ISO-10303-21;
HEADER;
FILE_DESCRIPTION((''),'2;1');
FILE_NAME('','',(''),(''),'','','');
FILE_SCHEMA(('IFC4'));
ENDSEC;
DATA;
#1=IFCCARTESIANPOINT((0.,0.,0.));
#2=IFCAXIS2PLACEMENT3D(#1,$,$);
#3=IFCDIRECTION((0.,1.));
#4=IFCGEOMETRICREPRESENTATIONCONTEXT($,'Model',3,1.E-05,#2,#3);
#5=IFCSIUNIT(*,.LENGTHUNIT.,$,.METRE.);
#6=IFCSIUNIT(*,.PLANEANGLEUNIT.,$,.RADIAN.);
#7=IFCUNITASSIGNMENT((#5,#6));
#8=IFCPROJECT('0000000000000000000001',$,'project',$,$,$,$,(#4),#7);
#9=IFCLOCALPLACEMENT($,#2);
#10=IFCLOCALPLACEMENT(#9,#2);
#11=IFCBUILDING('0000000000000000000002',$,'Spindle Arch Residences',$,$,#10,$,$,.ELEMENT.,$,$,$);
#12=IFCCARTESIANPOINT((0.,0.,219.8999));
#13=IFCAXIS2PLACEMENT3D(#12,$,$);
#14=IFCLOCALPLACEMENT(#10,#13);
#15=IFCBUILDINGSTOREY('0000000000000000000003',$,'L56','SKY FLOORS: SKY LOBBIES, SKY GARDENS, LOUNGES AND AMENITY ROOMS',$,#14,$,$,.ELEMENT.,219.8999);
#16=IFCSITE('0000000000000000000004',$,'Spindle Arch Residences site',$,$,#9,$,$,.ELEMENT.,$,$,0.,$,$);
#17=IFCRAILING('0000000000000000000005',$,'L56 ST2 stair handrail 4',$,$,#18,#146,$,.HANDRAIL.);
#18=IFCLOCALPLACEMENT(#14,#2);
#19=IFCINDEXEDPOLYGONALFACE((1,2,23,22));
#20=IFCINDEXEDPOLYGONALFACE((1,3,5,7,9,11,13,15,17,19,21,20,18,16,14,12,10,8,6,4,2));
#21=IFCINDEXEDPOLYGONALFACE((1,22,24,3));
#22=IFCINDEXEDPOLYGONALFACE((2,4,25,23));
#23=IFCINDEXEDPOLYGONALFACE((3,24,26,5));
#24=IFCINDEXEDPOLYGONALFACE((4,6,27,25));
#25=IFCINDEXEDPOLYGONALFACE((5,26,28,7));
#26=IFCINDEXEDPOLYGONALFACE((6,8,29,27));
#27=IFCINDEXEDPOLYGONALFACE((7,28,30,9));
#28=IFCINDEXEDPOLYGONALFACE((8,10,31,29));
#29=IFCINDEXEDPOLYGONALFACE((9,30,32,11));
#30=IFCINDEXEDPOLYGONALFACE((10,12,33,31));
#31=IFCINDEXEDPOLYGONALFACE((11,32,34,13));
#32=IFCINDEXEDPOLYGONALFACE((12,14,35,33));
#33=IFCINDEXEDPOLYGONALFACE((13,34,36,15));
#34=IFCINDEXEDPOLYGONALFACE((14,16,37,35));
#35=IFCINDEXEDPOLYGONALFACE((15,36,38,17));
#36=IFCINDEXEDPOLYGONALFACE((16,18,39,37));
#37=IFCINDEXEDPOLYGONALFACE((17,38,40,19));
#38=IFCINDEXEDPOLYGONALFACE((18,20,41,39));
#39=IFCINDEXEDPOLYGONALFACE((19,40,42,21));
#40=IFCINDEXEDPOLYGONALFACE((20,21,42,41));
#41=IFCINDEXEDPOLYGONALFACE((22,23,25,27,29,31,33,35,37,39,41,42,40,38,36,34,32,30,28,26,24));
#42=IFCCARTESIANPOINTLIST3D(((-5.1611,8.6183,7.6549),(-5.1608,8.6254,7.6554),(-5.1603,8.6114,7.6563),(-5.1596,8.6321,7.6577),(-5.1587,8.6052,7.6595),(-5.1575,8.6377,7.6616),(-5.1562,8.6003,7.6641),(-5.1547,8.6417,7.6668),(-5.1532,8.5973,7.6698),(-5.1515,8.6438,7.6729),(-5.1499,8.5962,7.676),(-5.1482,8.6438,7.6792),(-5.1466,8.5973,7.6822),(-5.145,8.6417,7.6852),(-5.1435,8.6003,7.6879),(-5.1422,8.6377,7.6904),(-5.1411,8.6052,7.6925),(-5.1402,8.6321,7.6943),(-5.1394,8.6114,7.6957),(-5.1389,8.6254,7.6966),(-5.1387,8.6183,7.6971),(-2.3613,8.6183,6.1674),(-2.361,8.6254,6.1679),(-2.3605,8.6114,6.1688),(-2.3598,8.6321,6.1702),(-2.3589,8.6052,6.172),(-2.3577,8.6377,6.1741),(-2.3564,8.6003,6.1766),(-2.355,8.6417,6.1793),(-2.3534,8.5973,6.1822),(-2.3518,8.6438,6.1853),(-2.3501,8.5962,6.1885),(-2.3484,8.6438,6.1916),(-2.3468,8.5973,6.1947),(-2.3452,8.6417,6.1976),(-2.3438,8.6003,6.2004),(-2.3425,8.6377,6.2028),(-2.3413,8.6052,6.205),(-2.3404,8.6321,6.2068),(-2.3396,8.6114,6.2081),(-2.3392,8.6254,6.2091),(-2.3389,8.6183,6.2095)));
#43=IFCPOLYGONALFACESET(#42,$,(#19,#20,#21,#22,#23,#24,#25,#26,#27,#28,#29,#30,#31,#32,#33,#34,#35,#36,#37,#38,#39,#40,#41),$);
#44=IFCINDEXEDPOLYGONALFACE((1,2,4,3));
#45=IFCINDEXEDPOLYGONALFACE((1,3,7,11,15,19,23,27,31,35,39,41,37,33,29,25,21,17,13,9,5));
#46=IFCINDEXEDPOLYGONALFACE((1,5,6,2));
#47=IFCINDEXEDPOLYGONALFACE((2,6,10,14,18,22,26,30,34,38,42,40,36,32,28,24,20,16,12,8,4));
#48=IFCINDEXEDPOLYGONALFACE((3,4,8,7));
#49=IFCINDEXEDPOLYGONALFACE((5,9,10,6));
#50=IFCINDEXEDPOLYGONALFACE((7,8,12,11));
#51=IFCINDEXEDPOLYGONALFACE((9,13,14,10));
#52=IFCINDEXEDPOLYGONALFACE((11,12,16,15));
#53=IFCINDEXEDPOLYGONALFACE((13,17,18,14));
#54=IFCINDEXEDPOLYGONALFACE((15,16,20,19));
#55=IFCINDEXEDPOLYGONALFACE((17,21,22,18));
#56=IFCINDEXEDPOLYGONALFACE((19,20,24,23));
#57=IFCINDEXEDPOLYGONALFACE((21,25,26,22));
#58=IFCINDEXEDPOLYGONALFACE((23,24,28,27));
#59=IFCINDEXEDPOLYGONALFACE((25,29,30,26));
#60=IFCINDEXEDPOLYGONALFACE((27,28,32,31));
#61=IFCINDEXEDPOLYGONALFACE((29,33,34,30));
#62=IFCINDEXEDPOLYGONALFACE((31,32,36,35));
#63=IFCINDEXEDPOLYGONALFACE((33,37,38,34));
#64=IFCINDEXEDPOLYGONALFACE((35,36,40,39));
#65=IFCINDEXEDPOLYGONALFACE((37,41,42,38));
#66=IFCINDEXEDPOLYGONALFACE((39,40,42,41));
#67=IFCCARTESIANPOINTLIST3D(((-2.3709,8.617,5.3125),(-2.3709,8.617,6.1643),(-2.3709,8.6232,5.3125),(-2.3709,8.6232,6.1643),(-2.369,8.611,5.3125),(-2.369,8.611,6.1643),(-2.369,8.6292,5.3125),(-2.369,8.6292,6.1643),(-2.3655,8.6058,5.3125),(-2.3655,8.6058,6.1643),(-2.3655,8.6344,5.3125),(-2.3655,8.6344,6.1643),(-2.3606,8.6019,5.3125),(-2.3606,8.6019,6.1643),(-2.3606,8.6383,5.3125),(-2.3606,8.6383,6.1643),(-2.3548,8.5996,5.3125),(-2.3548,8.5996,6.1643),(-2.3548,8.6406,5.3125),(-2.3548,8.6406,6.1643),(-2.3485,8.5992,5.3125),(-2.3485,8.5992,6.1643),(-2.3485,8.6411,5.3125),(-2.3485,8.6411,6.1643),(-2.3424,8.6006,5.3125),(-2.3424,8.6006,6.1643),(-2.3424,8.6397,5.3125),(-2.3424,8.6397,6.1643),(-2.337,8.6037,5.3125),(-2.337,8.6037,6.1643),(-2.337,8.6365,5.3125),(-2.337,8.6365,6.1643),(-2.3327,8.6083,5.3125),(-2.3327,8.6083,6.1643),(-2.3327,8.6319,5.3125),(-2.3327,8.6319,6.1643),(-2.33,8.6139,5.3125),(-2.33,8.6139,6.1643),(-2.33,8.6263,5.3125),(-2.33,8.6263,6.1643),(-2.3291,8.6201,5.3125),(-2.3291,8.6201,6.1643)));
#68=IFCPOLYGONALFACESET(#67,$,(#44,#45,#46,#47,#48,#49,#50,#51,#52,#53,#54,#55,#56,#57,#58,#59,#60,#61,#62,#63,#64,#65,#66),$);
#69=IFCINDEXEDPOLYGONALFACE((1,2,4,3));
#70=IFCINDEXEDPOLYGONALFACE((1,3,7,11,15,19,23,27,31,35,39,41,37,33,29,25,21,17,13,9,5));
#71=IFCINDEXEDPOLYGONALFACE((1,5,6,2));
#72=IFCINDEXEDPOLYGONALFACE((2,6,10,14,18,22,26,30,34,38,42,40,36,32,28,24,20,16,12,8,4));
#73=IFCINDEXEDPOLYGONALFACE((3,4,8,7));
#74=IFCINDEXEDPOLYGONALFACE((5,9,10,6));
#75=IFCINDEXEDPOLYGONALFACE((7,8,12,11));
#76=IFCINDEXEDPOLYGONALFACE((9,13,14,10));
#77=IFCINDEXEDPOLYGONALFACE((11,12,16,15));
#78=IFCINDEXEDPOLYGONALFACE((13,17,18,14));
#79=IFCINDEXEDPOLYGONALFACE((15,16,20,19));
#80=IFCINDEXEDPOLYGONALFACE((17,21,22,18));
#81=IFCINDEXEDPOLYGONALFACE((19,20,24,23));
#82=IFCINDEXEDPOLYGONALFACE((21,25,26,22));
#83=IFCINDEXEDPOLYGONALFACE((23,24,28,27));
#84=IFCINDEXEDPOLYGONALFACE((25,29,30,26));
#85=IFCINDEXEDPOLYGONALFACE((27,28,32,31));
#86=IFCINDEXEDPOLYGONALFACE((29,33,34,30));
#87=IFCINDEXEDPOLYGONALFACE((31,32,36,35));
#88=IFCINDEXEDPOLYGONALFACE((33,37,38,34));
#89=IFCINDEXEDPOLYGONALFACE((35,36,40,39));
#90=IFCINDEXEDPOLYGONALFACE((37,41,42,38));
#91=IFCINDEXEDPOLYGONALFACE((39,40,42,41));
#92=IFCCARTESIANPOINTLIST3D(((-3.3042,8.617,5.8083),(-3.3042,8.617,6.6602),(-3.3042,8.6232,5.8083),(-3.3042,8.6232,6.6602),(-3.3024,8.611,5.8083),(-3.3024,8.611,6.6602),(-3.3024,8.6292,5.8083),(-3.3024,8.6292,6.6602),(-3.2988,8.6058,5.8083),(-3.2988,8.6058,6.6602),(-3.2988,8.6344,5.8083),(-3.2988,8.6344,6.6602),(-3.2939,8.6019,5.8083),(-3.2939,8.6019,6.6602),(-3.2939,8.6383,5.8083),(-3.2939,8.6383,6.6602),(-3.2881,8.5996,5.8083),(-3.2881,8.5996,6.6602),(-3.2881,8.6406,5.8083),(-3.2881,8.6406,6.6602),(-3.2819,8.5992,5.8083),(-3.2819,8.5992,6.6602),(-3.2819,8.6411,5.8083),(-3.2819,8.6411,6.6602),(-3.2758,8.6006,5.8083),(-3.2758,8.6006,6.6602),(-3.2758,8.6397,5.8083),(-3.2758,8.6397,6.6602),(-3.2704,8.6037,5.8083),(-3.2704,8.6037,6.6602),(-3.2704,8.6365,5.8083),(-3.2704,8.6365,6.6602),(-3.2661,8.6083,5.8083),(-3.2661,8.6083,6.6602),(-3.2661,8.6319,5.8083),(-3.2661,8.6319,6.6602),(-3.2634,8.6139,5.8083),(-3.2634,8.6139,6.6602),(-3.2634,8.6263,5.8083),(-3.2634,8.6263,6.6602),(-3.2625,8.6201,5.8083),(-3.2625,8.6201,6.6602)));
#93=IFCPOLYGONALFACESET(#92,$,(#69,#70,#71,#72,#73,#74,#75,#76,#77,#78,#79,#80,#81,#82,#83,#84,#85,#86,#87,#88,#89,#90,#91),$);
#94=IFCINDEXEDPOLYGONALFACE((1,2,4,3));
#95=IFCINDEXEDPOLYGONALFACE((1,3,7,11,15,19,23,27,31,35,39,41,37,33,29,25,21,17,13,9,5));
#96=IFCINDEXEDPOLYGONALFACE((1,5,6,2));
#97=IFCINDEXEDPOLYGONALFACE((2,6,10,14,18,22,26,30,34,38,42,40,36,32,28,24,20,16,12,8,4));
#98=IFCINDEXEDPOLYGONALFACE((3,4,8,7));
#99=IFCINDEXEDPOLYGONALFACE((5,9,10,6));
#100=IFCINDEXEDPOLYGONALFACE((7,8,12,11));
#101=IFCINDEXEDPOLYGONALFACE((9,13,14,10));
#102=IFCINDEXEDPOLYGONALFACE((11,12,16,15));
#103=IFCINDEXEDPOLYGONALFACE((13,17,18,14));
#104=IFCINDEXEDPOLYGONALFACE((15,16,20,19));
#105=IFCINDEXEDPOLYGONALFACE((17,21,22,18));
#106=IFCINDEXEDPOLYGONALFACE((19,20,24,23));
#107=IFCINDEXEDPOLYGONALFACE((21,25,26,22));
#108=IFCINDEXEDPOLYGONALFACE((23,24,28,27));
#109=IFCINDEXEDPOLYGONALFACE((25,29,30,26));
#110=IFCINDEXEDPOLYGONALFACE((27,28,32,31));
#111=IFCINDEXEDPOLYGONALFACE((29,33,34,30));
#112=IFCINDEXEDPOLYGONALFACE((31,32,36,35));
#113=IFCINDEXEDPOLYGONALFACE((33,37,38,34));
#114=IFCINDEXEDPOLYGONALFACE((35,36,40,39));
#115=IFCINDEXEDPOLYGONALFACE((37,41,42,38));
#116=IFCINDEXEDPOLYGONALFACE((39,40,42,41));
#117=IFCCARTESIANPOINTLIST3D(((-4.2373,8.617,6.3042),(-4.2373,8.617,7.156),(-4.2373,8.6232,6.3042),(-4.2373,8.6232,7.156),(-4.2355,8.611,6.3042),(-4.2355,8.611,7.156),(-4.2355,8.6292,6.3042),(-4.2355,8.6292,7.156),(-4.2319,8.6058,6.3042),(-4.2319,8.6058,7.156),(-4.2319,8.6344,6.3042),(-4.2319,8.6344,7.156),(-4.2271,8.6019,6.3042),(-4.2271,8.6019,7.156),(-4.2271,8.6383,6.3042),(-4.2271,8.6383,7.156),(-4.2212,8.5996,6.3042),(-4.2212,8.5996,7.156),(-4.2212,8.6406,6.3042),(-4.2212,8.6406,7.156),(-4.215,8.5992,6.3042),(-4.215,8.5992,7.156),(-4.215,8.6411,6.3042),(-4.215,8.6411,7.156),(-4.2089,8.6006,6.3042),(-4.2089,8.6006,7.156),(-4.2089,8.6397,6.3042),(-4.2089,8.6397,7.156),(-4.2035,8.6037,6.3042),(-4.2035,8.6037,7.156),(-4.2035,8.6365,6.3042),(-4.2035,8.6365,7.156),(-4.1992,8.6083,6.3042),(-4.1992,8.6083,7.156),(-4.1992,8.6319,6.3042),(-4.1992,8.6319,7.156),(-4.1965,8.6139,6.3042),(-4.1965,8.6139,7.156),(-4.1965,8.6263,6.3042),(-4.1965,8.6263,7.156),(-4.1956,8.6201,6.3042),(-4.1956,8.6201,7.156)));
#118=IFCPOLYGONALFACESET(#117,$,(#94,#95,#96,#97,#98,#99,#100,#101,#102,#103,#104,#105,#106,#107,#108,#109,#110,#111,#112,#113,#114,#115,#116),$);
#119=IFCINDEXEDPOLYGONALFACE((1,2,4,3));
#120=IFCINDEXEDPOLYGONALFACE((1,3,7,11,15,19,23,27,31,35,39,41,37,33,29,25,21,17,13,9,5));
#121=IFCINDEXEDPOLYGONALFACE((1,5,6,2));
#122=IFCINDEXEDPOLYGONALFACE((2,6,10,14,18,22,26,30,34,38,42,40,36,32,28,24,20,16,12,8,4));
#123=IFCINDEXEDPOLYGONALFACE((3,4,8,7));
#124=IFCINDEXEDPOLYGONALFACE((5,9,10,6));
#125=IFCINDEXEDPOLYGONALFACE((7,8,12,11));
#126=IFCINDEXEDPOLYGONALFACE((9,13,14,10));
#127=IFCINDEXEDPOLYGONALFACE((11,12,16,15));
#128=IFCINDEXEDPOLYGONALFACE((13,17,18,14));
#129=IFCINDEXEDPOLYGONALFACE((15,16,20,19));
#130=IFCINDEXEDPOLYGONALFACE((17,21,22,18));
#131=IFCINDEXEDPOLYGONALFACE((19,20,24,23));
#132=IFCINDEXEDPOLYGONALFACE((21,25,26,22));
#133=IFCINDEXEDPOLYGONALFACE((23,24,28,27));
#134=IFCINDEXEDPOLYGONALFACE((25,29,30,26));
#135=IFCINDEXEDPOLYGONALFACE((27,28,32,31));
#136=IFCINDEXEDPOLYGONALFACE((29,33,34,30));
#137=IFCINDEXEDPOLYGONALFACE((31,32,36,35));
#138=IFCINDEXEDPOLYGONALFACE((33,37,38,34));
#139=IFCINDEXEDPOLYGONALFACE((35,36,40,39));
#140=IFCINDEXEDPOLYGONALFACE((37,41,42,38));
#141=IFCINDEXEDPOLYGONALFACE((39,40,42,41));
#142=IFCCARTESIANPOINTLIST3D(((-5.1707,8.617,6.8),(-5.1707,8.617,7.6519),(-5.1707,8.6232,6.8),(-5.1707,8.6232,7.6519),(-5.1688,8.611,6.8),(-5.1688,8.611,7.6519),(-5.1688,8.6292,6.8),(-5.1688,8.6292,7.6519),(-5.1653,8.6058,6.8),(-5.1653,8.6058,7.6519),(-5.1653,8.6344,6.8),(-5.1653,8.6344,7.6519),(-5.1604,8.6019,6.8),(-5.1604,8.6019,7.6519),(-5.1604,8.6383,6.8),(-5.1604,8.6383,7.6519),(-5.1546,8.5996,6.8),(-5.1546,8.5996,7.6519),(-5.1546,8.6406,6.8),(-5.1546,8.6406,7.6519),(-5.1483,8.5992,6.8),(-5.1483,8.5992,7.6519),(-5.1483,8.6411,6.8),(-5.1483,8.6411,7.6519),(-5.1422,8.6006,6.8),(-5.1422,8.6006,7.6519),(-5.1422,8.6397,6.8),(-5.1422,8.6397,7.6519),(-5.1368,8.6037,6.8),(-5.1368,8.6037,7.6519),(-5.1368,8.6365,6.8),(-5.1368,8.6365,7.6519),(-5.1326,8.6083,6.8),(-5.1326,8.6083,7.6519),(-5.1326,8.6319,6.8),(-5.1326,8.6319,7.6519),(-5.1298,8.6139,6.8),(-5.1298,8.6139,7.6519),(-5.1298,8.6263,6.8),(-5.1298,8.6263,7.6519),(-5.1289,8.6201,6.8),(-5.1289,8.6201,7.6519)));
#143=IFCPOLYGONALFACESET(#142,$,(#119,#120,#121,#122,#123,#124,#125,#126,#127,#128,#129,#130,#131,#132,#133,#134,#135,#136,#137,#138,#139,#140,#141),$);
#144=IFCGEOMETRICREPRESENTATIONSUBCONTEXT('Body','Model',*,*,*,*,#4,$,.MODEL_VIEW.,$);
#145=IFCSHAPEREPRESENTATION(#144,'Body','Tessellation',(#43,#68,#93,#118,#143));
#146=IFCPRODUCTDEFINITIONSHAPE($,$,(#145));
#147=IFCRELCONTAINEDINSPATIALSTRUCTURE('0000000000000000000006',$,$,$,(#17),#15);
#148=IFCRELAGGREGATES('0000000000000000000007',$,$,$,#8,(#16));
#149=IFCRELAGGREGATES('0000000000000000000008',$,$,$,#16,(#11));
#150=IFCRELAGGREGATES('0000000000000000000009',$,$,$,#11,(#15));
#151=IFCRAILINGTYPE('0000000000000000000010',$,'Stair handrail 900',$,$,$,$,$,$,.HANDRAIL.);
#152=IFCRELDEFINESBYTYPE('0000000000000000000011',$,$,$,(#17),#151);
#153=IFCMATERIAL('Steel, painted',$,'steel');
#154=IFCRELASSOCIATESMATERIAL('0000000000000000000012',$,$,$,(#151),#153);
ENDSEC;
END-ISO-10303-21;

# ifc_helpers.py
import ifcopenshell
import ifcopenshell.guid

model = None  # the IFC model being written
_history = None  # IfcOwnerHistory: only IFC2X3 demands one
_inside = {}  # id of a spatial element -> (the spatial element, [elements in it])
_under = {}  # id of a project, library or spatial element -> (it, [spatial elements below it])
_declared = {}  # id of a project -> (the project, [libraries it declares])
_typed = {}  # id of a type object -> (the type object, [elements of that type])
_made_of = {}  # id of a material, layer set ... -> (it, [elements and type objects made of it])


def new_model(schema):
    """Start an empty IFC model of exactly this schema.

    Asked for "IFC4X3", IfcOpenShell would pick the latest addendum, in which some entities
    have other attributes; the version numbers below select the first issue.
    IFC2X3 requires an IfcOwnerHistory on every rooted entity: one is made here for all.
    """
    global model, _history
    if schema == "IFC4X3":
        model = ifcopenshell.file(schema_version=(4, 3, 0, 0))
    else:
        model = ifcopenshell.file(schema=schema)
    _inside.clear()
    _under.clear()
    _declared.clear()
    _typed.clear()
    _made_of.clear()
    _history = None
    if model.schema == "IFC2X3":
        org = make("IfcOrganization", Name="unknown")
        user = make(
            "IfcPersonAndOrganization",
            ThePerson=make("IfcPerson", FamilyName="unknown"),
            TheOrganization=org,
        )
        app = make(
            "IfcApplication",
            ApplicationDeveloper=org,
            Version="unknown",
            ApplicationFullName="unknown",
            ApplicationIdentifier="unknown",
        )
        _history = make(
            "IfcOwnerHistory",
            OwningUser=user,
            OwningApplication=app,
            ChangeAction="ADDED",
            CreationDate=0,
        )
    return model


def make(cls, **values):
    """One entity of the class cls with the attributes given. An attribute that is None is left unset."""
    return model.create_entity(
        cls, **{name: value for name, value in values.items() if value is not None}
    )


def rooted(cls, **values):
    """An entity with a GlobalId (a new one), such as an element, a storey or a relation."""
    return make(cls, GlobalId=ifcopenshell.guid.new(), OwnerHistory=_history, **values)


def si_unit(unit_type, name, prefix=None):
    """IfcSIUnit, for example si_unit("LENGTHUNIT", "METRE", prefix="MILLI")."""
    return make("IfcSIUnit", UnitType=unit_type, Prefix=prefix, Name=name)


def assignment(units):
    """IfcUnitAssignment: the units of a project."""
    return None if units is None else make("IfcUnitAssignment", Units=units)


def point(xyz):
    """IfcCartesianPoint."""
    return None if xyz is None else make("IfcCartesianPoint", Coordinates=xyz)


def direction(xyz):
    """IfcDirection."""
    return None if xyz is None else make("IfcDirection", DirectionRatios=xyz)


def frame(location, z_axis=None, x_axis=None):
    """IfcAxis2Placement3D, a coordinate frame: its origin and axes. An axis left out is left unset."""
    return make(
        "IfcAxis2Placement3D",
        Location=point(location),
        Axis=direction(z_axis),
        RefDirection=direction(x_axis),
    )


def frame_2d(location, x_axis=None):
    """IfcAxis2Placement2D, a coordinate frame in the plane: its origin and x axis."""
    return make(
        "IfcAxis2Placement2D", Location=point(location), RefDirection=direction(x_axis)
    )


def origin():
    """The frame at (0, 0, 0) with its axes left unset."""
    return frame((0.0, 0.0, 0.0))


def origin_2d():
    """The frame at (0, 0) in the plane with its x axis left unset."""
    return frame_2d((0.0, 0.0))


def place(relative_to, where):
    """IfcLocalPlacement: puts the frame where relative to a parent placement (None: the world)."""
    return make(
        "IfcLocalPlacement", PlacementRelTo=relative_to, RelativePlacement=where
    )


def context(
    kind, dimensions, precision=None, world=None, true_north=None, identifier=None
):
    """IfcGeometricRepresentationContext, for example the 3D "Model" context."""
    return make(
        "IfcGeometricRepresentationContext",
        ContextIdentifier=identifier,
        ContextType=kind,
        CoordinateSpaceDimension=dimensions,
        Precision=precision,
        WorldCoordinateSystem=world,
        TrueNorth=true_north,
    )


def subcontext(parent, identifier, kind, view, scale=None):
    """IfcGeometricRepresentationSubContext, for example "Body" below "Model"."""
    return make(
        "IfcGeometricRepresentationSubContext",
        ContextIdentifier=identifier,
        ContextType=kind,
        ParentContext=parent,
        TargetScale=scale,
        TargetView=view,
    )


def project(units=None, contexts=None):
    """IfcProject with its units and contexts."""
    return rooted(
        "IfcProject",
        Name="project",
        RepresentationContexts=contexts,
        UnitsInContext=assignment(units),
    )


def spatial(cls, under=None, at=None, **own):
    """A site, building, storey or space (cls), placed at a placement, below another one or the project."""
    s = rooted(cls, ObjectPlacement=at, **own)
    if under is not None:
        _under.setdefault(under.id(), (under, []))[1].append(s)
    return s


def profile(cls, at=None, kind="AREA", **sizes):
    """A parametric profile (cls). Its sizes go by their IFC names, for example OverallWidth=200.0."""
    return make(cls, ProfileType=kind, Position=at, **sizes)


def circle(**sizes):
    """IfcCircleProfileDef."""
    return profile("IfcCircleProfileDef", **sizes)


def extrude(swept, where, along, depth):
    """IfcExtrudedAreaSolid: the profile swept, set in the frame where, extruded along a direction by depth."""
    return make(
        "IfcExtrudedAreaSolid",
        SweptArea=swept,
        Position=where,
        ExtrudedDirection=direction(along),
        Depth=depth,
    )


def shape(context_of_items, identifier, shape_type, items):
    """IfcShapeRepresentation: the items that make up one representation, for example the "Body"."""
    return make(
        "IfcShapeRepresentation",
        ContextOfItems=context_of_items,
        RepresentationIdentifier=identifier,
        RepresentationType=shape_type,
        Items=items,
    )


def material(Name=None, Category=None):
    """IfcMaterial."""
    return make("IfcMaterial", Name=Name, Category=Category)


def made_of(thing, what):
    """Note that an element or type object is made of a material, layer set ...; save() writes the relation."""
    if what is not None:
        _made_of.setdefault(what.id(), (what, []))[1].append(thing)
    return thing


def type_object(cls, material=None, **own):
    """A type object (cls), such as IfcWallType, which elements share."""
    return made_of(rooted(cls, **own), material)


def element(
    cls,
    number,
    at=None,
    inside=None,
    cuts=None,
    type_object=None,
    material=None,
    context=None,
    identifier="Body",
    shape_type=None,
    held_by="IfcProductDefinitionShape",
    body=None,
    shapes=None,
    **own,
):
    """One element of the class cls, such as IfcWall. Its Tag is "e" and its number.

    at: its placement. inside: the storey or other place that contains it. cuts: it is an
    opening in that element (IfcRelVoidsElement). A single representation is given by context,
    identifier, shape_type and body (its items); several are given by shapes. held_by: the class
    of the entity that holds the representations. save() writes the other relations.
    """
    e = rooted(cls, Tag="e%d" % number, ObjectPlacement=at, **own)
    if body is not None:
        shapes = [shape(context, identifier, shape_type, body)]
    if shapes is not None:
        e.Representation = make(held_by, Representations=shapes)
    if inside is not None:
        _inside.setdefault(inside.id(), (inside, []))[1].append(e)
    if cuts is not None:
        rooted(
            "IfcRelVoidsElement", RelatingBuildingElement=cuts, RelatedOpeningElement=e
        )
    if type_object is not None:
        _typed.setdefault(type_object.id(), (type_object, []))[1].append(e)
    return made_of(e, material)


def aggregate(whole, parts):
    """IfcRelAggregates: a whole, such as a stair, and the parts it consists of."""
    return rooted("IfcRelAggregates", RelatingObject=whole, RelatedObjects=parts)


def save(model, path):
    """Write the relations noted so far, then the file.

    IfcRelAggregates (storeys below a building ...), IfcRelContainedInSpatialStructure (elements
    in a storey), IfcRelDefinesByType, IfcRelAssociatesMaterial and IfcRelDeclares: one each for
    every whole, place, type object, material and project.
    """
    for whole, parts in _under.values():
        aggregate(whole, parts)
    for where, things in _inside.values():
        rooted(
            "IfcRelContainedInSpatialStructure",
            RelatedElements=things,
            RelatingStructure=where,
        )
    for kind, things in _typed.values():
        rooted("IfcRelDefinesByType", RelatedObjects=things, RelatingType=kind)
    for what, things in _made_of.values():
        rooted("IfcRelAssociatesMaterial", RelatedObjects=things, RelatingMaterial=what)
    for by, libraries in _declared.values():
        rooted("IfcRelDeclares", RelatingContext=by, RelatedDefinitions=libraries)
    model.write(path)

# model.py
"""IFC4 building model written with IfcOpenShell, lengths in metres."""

from ifc_helpers import new_model, si_unit, direction, frame, origin, origin_2d, place, context, subcontext, project, spatial, circle, extrude, material, type_object, element, save


model = new_model("IFC4")

# Units and contexts
model_context = context("Model", 3, precision=1e-05, world=origin(), true_north=direction((0.0, 1.0)))
body_context = subcontext(model_context, "Body", "Model", "MODEL_VIEW")
ifc_project = project(units=[si_unit("LENGTHUNIT", "METRE"), si_unit("PLANEANGLEUNIT", "RADIAN")], contexts=[model_context])

# Site, building, storey
site_placement = place(None, origin())
site = spatial("IfcSite", under=ifc_project, at=site_placement, Name="Spindle Arch Residences site", CompositionType="ELEMENT", RefElevation=0.0)
building_placement = place(site_placement, origin())
building = spatial("IfcBuilding", under=site, at=building_placement, Name="Spindle Arch Residences", CompositionType="ELEMENT")
storey_placement = place(building_placement, frame((0.0, 0.0, 219.8999)))
storey = spatial("IfcBuildingStorey", under=building, at=storey_placement, Name="L56", Description="SKY FLOORS: SKY LOBBIES, SKY GARDENS, LOUNGES AND AMENITY ROOMS", CompositionType="ELEMENT", Elevation=219.8999)

# Railing
ifc_material_1 = material(Name="Steel, painted", Category="steel")
railing_type_1 = type_object("IfcRailingType", Name="Stair handrail 900", PredefinedType="HANDRAIL", material=ifc_material_1)
for number, where, name in (
    (1, (-2.3501, 8.6201, 5.3125), "L56 ST2 stair handrail 4"),
):
    element("IfcRailing", number, at=place(storey_placement, frame(where)), inside=storey, type_object=railing_type_1, Name=name, PredefinedType="HANDRAIL", context=body_context, shape_type="SweptSolid", body=[
        extrude(circle(Radius=0.0239, at=origin_2d()), frame((0.0, 0.0, 0.876), z_axis=(-0.883096, 0.0, 0.469193), x_axis=(0.0, -1.0, 0.0)), (0.0, 0.0, 1.0), 3.1704),
        extrude(circle(Radius=0.021, at=origin_2d()), origin(), (0.0, 0.0, 1.0), 0.8518),
        extrude(circle(Radius=0.021, at=origin_2d()), frame((-0.9333, 0.0, 0.4958)), (0.0, 0.0, 1.0), 0.8518),
        extrude(circle(Radius=0.021, at=origin_2d()), frame((-1.8665, 0.0, 0.9917)), (0.0, 0.0, 1.0), 0.8518),
        extrude(circle(Radius=0.021, at=origin_2d()), frame((-2.7998, 0.0, 1.4875)), (0.0, 0.0, 1.0), 0.8518),
    ])

save(model, "model.ifc")
